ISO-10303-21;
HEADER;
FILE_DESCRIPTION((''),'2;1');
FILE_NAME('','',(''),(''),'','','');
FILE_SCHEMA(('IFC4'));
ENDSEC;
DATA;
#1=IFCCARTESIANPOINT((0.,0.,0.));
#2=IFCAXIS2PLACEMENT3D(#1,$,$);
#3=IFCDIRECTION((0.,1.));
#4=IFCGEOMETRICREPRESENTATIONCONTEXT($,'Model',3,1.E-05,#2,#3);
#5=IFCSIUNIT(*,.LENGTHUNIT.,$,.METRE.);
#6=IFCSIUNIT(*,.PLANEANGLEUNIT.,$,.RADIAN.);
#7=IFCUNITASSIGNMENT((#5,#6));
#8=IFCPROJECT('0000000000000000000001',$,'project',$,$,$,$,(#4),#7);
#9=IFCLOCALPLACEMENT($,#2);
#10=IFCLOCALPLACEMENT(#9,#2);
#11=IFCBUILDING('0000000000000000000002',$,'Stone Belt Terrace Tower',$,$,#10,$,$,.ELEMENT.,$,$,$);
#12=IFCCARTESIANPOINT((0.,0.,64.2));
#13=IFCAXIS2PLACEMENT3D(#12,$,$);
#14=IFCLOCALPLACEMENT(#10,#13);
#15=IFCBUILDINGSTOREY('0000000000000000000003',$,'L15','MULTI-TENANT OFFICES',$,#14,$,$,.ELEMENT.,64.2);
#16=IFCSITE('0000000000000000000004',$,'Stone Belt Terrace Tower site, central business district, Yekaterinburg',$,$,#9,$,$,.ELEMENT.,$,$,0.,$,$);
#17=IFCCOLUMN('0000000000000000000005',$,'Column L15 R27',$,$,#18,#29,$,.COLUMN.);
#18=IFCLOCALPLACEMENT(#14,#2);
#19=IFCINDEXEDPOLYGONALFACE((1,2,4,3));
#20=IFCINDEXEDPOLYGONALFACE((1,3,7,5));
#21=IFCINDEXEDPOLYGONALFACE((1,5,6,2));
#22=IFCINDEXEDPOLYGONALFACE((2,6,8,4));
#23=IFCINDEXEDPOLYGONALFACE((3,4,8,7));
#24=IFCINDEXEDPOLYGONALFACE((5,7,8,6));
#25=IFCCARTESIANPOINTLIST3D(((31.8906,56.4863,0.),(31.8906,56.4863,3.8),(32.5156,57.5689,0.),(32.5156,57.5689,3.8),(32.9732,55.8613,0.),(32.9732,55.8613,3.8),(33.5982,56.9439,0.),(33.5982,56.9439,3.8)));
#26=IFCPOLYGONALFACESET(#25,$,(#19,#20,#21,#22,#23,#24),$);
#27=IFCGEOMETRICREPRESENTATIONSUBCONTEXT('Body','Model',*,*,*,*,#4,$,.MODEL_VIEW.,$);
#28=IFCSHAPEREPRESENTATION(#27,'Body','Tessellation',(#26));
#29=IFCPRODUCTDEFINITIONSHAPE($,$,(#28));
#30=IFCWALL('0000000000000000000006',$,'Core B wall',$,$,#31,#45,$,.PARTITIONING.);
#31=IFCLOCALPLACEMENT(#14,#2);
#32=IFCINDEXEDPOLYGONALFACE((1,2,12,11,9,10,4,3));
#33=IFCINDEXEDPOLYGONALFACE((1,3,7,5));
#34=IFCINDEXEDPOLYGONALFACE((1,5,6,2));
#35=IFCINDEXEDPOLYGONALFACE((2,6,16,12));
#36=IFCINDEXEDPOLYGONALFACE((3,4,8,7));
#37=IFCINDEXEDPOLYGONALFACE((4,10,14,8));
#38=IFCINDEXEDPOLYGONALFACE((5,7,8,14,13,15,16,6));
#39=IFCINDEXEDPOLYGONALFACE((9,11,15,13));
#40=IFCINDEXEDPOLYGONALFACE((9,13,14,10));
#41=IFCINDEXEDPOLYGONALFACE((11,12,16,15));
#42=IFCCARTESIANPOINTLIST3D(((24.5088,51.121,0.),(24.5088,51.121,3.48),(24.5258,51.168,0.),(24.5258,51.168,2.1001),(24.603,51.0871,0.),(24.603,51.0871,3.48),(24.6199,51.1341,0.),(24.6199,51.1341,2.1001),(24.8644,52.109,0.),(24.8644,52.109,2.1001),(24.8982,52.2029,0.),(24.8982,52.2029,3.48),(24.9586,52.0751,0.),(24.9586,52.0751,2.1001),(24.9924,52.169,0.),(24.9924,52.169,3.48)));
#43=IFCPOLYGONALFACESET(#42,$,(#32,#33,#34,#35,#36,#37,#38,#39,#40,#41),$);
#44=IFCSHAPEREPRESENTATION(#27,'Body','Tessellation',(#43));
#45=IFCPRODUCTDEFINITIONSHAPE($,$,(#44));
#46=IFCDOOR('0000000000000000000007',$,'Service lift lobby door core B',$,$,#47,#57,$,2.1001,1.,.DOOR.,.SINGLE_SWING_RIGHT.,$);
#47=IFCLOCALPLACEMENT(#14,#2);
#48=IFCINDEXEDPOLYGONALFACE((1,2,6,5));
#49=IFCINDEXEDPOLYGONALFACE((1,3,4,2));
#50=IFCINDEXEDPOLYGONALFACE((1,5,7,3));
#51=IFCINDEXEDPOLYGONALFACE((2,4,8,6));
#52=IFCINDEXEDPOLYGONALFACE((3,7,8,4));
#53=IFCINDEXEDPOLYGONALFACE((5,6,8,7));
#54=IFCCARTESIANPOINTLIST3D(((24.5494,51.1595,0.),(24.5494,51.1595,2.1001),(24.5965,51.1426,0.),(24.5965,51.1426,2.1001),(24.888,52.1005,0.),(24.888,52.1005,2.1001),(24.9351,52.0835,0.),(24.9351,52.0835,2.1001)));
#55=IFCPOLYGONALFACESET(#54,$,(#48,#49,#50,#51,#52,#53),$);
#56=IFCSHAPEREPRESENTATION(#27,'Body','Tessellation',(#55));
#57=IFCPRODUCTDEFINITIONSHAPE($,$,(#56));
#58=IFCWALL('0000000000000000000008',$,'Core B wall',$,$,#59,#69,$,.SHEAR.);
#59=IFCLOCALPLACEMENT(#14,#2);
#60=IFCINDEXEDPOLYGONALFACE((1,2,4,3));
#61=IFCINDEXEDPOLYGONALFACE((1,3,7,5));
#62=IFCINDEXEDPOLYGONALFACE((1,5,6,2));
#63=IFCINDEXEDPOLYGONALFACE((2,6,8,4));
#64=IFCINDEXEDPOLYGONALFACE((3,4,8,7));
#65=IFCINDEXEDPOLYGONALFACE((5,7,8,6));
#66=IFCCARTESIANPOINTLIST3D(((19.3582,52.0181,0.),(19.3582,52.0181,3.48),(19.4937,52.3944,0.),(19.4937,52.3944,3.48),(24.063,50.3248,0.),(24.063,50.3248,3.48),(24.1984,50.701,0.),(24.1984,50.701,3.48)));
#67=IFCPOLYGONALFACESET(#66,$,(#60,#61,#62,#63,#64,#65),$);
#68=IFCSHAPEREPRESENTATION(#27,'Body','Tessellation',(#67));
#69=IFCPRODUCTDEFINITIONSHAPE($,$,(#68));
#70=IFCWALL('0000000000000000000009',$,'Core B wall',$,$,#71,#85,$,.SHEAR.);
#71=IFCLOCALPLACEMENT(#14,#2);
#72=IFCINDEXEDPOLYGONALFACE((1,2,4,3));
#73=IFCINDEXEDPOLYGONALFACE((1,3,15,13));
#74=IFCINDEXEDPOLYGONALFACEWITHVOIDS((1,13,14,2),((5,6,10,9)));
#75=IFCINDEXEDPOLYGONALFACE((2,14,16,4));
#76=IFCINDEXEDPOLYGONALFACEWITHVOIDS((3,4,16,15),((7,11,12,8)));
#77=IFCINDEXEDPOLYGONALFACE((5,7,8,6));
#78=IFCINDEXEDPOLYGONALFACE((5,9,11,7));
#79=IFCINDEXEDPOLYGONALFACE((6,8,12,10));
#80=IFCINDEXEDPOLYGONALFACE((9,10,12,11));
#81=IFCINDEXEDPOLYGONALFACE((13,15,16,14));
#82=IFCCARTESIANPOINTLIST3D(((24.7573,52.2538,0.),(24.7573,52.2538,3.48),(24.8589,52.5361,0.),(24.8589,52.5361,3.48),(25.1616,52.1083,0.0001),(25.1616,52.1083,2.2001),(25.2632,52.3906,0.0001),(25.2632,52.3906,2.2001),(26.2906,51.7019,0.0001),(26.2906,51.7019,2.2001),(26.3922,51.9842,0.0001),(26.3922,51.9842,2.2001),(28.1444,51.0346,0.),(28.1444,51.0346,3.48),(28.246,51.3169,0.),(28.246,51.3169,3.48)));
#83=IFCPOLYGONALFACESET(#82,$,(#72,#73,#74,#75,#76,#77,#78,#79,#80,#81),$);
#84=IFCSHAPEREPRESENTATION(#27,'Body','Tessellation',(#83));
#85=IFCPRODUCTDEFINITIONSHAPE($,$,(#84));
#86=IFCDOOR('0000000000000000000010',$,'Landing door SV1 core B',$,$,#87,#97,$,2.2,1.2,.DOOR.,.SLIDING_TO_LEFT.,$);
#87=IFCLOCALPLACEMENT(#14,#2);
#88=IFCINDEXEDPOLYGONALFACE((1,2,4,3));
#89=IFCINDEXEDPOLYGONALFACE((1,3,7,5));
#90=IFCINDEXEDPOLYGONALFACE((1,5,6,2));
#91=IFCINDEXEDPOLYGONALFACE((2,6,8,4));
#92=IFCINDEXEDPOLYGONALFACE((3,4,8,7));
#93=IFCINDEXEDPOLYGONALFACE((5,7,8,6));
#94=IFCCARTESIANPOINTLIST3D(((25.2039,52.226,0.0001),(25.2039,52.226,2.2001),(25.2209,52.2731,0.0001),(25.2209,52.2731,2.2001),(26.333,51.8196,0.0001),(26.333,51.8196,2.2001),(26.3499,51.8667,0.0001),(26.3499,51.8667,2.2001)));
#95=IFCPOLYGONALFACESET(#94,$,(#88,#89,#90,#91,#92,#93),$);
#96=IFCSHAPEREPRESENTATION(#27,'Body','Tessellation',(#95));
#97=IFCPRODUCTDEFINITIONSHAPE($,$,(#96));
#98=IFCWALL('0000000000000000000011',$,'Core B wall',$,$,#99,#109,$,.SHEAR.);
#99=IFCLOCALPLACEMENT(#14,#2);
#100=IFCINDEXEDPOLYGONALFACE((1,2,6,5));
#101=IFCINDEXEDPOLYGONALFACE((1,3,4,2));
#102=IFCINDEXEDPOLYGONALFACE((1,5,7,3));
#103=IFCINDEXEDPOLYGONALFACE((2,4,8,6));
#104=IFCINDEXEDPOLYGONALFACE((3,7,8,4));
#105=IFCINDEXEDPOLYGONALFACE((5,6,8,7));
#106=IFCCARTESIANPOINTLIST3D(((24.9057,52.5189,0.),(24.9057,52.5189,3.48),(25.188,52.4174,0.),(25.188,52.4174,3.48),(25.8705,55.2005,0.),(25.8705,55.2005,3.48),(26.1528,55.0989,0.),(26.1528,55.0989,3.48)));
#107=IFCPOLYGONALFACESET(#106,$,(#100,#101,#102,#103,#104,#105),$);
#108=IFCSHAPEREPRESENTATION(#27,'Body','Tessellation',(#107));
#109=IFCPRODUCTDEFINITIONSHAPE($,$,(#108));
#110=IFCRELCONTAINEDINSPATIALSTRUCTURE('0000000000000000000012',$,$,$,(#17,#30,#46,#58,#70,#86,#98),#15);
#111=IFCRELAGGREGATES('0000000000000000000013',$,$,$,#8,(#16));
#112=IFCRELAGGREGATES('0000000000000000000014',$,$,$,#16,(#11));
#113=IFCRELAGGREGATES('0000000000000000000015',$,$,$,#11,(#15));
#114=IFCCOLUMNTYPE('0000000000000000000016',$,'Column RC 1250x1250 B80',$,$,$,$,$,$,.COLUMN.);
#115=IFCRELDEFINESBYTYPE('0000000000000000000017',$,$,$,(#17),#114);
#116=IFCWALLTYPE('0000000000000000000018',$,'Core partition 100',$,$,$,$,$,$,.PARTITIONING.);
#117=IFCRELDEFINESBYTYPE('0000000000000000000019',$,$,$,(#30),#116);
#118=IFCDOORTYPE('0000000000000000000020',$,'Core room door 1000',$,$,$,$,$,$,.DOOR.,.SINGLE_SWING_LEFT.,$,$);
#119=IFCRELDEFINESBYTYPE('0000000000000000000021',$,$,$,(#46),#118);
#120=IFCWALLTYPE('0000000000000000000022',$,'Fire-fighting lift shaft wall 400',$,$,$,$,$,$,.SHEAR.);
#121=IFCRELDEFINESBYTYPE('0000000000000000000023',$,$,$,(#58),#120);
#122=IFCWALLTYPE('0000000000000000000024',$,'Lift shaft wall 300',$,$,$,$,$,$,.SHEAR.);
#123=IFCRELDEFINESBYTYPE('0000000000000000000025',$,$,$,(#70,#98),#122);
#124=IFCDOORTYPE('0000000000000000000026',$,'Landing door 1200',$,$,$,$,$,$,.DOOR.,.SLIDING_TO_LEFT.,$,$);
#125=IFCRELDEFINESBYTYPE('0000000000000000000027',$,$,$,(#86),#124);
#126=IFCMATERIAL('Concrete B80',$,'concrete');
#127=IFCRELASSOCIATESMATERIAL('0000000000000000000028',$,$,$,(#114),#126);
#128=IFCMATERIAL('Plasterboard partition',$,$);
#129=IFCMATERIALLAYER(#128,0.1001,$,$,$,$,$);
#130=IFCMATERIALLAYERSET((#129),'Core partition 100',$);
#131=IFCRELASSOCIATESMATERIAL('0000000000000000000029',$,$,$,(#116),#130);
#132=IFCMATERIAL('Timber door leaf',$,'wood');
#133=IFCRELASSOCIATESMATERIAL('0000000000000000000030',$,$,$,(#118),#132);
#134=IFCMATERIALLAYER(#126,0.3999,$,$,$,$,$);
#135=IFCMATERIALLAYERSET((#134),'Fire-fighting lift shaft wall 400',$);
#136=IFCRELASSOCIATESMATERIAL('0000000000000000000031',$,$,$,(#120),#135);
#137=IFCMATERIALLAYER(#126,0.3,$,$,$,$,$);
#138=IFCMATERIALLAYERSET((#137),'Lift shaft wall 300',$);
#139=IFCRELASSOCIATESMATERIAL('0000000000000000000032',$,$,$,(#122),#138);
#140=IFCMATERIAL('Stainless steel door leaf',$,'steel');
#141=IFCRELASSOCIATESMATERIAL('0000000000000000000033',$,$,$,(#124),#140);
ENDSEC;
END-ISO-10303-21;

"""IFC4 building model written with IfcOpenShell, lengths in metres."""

from ifc_helpers import new_model, si_unit, direction, frame, frame_2d, origin, origin_2d, place, context, subcontext, project, spatial, rectangle, extrude, material, layer, layer_set, material_profile, profile_set, type_object, element, fill, save


model = new_model("IFC4")

# Units and contexts
model_context = context("Model", 3, precision=1e-05, world=origin(), true_north=direction((0.0, 1.0)))
body_context = subcontext(model_context, "Body", "Model", "MODEL_VIEW")
ifc_project = project(units=[si_unit("LENGTHUNIT", "METRE"), si_unit("PLANEANGLEUNIT", "RADIAN")], contexts=[model_context])

# Site, building, storey
site_placement = place(None, origin())
site = spatial("IfcSite", under=ifc_project, at=site_placement, Name="Stone Belt Terrace Tower site, central business district, Yekaterinburg", CompositionType="ELEMENT", RefElevation=0.0)
building_placement = place(site_placement, origin())
building = spatial("IfcBuilding", under=site, at=building_placement, Name="Stone Belt Terrace Tower", CompositionType="ELEMENT")
storey_placement = place(building_placement, frame((0.0, 0.0, 64.2)))
storey = spatial("IfcBuildingStorey", under=building, at=storey_placement, Name="L15", Description="MULTI-TENANT OFFICES", CompositionType="ELEMENT", Elevation=64.2)

# Column
ifc_material_1 = material(Name="Concrete B80", Category="concrete")
ifc_material_profile = material_profile(ifc_material_1, rectangle(XDim=1.25, YDim=1.25, at=origin_2d()), Name="RC 1250x1250")
ifc_profile_set = profile_set([ifc_material_profile], Name="Concrete B80")
column_type = type_object("IfcColumnType", Name="Column RC 1250x1250 B80", PredefinedType="COLUMN", material=ifc_profile_set)
column_placement = place(storey_placement, frame((32.7444, 56.7151, 0.0), z_axis=(0.0, 0.0, 1.0), x_axis=(0.866025, -0.5, 0.0)))
element("IfcColumn", 1, at=column_placement, inside=storey, type_object=column_type, Name="Column L15 R27", PredefinedType="COLUMN", context=body_context, shape_type="SweptSolid", body=[
    extrude(rectangle(XDim=1.25, YDim=1.25, at=origin_2d()), origin(), (0.0, 0.0, 1.0), 3.8),
])

# Wall, opening, door
ifc_material_2 = material(Name="Plasterboard partition")
ifc_layer_1 = layer(ifc_material_2, 0.1001)
ifc_layer_set_1 = layer_set([ifc_layer_1], Name="Core partition 100")
wall_type_1 = type_object("IfcWallType", Name="Core partition 100", PredefinedType="PARTITIONING", material=ifc_layer_set_1)
wall_1_placement = place(storey_placement, frame((24.5559, 51.104, 0.0), z_axis=(0.0, 0.0, 1.0), x_axis=(0.338622, 0.940923, 0.0)))
wall_1 = element("IfcWall", 2, at=wall_1_placement, inside=storey, type_object=wall_type_1, Name="Core B wall", PredefinedType="PARTITIONING", context=body_context, shape_type="SweptSolid", body=[
    extrude(rectangle(XDim=1.1499, YDim=0.1001, at=frame_2d((0.575, 0.0))), origin(), (0.0, 0.0, 1.0), 3.48),
])
opening_1_placement = place(wall_1_placement, frame((0.05, 0.0, 0.0)))
opening_1 = element("IfcOpeningElement", 3, at=opening_1_placement, cuts=wall_1, PredefinedType="OPENING", context=body_context, shape_type="SweptSolid", body=[
    extrude(rectangle(XDim=1.0, YDim=2.1001, at=frame_2d((0.5, 1.05))), frame((0.0, 0.0601, 0.0), z_axis=(0.0, -1.0, 0.0), x_axis=(1.0, 0.0, 0.0)), (0.0, 0.0, 1.0), 0.1201),
])
ifc_material_3 = material(Name="Timber door leaf", Category="wood")
door_type_1 = type_object("IfcDoorType", Name="Core room door 1000", OperationType="SINGLE_SWING_LEFT", PredefinedType="DOOR", material=ifc_material_3)
door_1_placement = place(opening_1_placement, origin())
door_1 = element("IfcDoor", 4, at=door_1_placement, inside=storey, type_object=door_type_1, Name="Service lift lobby door core B", OperationType="SINGLE_SWING_RIGHT", OverallHeight=2.1001, OverallWidth=1.0, PredefinedType="DOOR", context=body_context, shape_type="SweptSolid", body=[
    extrude(rectangle(XDim=1.0, YDim=2.1001, at=frame_2d((0.5, 1.05))), frame((0.0, 0.0249, 0.0), z_axis=(0.0, -1.0, 0.0), x_axis=(1.0, 0.0, 0.0)), (0.0, 0.0, 1.0), 0.05),
])
fill(opening_1, door_1)

# Wall
ifc_layer_2 = layer(ifc_material_1, 0.3999)
ifc_layer_set_2 = layer_set([ifc_layer_2], Name="Fire-fighting lift shaft wall 400")
wall_type_2 = type_object("IfcWallType", Name="Fire-fighting lift shaft wall 400", PredefinedType="SHEAR", material=ifc_layer_set_2)
wall_2_placement = place(storey_placement, frame((24.1306, 50.5129, 0.0), z_axis=(0.0, 0.0, 1.0), x_axis=(-0.940912, 0.338652, 0.0)))
element("IfcWall", 5, at=wall_2_placement, inside=storey, type_object=wall_type_2, Name="Core B wall", PredefinedType="SHEAR", context=body_context, shape_type="SweptSolid", body=[
    extrude(rectangle(XDim=5.0002, YDim=0.3999, at=frame_2d((2.5, 0.0))), origin(), (0.0, 0.0, 1.0), 3.48),
])

# Wall, opening, door
ifc_layer_3 = layer(ifc_material_1, 0.3)
ifc_layer_set_3 = layer_set([ifc_layer_3], Name="Lift shaft wall 300")
wall_type_3 = type_object("IfcWallType", Name="Lift shaft wall 300", PredefinedType="SHEAR", material=ifc_layer_set_3)
wall_3_placement = place(storey_placement, frame((28.1951, 51.1758, 0.0), z_axis=(0.0, 0.0, 1.0), x_axis=(-0.940901, 0.338681, 0.0)))
wall_3 = element("IfcWall", 6, at=wall_3_placement, inside=storey, type_object=wall_type_3, Name="Core B wall", PredefinedType="SHEAR", context=body_context, shape_type="SweptSolid", body=[
    extrude(rectangle(XDim=3.5999, YDim=0.3, at=frame_2d((1.7998, 0.0))), origin(), (0.0, 0.0, 1.0), 3.48),
])
opening_2_placement = place(wall_3_placement, frame((1.97, 0.0, 0.0)))
opening_2 = element("IfcOpeningElement", 7, at=opening_2_placement, cuts=wall_3, PredefinedType="OPENING", context=body_context, shape_type="SweptSolid", body=[
    extrude(rectangle(XDim=1.2, YDim=2.2, at=frame_2d((0.6001, 1.1001))), frame((0.0, 0.1599, 0.0), z_axis=(0.0, -1.0, 0.0), x_axis=(1.0, 0.0, 0.0)), (0.0, 0.0, 1.0), 0.3201),
])
ifc_material_4 = material(Name="Stainless steel door leaf", Category="steel")
door_type_2 = type_object("IfcDoorType", Name="Landing door 1200", OperationType="SLIDING_TO_LEFT", PredefinedType="DOOR", material=ifc_material_4)
door_2_placement = place(opening_2_placement, origin())
door_2 = element("IfcDoor", 8, at=door_2_placement, inside=storey, type_object=door_type_2, Name="Landing door SV1 core B", OperationType="SLIDING_TO_LEFT", OverallHeight=2.2, OverallWidth=1.2, PredefinedType="DOOR", context=body_context, shape_type="SweptSolid", body=[
    extrude(rectangle(XDim=1.2, YDim=2.2, at=frame_2d((0.6001, 1.1001))), frame((0.0, 0.0249, 0.0), z_axis=(0.0, -1.0, 0.0), x_axis=(1.0, 0.0, 0.0)), (0.0, 0.0, 1.0), 0.05),
])
fill(opening_2, door_2)

# Wall
wall_4_placement = place(storey_placement, frame((25.0469, 52.4683, 0.0), z_axis=(0.0, 0.0, 1.0), x_axis=(0.33855, 0.940949, 0.0)))
element("IfcWall", 9, at=wall_4_placement, inside=storey, type_object=wall_type_3, Name="Core B wall", PredefinedType="SHEAR", context=body_context, shape_type="SweptSolid", body=[
    extrude(rectangle(XDim=2.8499, YDim=0.3, at=frame_2d((1.4248, 0.0))), origin(), (0.0, 0.0, 1.0), 3.48),
])

save(model, "model.ifc")
